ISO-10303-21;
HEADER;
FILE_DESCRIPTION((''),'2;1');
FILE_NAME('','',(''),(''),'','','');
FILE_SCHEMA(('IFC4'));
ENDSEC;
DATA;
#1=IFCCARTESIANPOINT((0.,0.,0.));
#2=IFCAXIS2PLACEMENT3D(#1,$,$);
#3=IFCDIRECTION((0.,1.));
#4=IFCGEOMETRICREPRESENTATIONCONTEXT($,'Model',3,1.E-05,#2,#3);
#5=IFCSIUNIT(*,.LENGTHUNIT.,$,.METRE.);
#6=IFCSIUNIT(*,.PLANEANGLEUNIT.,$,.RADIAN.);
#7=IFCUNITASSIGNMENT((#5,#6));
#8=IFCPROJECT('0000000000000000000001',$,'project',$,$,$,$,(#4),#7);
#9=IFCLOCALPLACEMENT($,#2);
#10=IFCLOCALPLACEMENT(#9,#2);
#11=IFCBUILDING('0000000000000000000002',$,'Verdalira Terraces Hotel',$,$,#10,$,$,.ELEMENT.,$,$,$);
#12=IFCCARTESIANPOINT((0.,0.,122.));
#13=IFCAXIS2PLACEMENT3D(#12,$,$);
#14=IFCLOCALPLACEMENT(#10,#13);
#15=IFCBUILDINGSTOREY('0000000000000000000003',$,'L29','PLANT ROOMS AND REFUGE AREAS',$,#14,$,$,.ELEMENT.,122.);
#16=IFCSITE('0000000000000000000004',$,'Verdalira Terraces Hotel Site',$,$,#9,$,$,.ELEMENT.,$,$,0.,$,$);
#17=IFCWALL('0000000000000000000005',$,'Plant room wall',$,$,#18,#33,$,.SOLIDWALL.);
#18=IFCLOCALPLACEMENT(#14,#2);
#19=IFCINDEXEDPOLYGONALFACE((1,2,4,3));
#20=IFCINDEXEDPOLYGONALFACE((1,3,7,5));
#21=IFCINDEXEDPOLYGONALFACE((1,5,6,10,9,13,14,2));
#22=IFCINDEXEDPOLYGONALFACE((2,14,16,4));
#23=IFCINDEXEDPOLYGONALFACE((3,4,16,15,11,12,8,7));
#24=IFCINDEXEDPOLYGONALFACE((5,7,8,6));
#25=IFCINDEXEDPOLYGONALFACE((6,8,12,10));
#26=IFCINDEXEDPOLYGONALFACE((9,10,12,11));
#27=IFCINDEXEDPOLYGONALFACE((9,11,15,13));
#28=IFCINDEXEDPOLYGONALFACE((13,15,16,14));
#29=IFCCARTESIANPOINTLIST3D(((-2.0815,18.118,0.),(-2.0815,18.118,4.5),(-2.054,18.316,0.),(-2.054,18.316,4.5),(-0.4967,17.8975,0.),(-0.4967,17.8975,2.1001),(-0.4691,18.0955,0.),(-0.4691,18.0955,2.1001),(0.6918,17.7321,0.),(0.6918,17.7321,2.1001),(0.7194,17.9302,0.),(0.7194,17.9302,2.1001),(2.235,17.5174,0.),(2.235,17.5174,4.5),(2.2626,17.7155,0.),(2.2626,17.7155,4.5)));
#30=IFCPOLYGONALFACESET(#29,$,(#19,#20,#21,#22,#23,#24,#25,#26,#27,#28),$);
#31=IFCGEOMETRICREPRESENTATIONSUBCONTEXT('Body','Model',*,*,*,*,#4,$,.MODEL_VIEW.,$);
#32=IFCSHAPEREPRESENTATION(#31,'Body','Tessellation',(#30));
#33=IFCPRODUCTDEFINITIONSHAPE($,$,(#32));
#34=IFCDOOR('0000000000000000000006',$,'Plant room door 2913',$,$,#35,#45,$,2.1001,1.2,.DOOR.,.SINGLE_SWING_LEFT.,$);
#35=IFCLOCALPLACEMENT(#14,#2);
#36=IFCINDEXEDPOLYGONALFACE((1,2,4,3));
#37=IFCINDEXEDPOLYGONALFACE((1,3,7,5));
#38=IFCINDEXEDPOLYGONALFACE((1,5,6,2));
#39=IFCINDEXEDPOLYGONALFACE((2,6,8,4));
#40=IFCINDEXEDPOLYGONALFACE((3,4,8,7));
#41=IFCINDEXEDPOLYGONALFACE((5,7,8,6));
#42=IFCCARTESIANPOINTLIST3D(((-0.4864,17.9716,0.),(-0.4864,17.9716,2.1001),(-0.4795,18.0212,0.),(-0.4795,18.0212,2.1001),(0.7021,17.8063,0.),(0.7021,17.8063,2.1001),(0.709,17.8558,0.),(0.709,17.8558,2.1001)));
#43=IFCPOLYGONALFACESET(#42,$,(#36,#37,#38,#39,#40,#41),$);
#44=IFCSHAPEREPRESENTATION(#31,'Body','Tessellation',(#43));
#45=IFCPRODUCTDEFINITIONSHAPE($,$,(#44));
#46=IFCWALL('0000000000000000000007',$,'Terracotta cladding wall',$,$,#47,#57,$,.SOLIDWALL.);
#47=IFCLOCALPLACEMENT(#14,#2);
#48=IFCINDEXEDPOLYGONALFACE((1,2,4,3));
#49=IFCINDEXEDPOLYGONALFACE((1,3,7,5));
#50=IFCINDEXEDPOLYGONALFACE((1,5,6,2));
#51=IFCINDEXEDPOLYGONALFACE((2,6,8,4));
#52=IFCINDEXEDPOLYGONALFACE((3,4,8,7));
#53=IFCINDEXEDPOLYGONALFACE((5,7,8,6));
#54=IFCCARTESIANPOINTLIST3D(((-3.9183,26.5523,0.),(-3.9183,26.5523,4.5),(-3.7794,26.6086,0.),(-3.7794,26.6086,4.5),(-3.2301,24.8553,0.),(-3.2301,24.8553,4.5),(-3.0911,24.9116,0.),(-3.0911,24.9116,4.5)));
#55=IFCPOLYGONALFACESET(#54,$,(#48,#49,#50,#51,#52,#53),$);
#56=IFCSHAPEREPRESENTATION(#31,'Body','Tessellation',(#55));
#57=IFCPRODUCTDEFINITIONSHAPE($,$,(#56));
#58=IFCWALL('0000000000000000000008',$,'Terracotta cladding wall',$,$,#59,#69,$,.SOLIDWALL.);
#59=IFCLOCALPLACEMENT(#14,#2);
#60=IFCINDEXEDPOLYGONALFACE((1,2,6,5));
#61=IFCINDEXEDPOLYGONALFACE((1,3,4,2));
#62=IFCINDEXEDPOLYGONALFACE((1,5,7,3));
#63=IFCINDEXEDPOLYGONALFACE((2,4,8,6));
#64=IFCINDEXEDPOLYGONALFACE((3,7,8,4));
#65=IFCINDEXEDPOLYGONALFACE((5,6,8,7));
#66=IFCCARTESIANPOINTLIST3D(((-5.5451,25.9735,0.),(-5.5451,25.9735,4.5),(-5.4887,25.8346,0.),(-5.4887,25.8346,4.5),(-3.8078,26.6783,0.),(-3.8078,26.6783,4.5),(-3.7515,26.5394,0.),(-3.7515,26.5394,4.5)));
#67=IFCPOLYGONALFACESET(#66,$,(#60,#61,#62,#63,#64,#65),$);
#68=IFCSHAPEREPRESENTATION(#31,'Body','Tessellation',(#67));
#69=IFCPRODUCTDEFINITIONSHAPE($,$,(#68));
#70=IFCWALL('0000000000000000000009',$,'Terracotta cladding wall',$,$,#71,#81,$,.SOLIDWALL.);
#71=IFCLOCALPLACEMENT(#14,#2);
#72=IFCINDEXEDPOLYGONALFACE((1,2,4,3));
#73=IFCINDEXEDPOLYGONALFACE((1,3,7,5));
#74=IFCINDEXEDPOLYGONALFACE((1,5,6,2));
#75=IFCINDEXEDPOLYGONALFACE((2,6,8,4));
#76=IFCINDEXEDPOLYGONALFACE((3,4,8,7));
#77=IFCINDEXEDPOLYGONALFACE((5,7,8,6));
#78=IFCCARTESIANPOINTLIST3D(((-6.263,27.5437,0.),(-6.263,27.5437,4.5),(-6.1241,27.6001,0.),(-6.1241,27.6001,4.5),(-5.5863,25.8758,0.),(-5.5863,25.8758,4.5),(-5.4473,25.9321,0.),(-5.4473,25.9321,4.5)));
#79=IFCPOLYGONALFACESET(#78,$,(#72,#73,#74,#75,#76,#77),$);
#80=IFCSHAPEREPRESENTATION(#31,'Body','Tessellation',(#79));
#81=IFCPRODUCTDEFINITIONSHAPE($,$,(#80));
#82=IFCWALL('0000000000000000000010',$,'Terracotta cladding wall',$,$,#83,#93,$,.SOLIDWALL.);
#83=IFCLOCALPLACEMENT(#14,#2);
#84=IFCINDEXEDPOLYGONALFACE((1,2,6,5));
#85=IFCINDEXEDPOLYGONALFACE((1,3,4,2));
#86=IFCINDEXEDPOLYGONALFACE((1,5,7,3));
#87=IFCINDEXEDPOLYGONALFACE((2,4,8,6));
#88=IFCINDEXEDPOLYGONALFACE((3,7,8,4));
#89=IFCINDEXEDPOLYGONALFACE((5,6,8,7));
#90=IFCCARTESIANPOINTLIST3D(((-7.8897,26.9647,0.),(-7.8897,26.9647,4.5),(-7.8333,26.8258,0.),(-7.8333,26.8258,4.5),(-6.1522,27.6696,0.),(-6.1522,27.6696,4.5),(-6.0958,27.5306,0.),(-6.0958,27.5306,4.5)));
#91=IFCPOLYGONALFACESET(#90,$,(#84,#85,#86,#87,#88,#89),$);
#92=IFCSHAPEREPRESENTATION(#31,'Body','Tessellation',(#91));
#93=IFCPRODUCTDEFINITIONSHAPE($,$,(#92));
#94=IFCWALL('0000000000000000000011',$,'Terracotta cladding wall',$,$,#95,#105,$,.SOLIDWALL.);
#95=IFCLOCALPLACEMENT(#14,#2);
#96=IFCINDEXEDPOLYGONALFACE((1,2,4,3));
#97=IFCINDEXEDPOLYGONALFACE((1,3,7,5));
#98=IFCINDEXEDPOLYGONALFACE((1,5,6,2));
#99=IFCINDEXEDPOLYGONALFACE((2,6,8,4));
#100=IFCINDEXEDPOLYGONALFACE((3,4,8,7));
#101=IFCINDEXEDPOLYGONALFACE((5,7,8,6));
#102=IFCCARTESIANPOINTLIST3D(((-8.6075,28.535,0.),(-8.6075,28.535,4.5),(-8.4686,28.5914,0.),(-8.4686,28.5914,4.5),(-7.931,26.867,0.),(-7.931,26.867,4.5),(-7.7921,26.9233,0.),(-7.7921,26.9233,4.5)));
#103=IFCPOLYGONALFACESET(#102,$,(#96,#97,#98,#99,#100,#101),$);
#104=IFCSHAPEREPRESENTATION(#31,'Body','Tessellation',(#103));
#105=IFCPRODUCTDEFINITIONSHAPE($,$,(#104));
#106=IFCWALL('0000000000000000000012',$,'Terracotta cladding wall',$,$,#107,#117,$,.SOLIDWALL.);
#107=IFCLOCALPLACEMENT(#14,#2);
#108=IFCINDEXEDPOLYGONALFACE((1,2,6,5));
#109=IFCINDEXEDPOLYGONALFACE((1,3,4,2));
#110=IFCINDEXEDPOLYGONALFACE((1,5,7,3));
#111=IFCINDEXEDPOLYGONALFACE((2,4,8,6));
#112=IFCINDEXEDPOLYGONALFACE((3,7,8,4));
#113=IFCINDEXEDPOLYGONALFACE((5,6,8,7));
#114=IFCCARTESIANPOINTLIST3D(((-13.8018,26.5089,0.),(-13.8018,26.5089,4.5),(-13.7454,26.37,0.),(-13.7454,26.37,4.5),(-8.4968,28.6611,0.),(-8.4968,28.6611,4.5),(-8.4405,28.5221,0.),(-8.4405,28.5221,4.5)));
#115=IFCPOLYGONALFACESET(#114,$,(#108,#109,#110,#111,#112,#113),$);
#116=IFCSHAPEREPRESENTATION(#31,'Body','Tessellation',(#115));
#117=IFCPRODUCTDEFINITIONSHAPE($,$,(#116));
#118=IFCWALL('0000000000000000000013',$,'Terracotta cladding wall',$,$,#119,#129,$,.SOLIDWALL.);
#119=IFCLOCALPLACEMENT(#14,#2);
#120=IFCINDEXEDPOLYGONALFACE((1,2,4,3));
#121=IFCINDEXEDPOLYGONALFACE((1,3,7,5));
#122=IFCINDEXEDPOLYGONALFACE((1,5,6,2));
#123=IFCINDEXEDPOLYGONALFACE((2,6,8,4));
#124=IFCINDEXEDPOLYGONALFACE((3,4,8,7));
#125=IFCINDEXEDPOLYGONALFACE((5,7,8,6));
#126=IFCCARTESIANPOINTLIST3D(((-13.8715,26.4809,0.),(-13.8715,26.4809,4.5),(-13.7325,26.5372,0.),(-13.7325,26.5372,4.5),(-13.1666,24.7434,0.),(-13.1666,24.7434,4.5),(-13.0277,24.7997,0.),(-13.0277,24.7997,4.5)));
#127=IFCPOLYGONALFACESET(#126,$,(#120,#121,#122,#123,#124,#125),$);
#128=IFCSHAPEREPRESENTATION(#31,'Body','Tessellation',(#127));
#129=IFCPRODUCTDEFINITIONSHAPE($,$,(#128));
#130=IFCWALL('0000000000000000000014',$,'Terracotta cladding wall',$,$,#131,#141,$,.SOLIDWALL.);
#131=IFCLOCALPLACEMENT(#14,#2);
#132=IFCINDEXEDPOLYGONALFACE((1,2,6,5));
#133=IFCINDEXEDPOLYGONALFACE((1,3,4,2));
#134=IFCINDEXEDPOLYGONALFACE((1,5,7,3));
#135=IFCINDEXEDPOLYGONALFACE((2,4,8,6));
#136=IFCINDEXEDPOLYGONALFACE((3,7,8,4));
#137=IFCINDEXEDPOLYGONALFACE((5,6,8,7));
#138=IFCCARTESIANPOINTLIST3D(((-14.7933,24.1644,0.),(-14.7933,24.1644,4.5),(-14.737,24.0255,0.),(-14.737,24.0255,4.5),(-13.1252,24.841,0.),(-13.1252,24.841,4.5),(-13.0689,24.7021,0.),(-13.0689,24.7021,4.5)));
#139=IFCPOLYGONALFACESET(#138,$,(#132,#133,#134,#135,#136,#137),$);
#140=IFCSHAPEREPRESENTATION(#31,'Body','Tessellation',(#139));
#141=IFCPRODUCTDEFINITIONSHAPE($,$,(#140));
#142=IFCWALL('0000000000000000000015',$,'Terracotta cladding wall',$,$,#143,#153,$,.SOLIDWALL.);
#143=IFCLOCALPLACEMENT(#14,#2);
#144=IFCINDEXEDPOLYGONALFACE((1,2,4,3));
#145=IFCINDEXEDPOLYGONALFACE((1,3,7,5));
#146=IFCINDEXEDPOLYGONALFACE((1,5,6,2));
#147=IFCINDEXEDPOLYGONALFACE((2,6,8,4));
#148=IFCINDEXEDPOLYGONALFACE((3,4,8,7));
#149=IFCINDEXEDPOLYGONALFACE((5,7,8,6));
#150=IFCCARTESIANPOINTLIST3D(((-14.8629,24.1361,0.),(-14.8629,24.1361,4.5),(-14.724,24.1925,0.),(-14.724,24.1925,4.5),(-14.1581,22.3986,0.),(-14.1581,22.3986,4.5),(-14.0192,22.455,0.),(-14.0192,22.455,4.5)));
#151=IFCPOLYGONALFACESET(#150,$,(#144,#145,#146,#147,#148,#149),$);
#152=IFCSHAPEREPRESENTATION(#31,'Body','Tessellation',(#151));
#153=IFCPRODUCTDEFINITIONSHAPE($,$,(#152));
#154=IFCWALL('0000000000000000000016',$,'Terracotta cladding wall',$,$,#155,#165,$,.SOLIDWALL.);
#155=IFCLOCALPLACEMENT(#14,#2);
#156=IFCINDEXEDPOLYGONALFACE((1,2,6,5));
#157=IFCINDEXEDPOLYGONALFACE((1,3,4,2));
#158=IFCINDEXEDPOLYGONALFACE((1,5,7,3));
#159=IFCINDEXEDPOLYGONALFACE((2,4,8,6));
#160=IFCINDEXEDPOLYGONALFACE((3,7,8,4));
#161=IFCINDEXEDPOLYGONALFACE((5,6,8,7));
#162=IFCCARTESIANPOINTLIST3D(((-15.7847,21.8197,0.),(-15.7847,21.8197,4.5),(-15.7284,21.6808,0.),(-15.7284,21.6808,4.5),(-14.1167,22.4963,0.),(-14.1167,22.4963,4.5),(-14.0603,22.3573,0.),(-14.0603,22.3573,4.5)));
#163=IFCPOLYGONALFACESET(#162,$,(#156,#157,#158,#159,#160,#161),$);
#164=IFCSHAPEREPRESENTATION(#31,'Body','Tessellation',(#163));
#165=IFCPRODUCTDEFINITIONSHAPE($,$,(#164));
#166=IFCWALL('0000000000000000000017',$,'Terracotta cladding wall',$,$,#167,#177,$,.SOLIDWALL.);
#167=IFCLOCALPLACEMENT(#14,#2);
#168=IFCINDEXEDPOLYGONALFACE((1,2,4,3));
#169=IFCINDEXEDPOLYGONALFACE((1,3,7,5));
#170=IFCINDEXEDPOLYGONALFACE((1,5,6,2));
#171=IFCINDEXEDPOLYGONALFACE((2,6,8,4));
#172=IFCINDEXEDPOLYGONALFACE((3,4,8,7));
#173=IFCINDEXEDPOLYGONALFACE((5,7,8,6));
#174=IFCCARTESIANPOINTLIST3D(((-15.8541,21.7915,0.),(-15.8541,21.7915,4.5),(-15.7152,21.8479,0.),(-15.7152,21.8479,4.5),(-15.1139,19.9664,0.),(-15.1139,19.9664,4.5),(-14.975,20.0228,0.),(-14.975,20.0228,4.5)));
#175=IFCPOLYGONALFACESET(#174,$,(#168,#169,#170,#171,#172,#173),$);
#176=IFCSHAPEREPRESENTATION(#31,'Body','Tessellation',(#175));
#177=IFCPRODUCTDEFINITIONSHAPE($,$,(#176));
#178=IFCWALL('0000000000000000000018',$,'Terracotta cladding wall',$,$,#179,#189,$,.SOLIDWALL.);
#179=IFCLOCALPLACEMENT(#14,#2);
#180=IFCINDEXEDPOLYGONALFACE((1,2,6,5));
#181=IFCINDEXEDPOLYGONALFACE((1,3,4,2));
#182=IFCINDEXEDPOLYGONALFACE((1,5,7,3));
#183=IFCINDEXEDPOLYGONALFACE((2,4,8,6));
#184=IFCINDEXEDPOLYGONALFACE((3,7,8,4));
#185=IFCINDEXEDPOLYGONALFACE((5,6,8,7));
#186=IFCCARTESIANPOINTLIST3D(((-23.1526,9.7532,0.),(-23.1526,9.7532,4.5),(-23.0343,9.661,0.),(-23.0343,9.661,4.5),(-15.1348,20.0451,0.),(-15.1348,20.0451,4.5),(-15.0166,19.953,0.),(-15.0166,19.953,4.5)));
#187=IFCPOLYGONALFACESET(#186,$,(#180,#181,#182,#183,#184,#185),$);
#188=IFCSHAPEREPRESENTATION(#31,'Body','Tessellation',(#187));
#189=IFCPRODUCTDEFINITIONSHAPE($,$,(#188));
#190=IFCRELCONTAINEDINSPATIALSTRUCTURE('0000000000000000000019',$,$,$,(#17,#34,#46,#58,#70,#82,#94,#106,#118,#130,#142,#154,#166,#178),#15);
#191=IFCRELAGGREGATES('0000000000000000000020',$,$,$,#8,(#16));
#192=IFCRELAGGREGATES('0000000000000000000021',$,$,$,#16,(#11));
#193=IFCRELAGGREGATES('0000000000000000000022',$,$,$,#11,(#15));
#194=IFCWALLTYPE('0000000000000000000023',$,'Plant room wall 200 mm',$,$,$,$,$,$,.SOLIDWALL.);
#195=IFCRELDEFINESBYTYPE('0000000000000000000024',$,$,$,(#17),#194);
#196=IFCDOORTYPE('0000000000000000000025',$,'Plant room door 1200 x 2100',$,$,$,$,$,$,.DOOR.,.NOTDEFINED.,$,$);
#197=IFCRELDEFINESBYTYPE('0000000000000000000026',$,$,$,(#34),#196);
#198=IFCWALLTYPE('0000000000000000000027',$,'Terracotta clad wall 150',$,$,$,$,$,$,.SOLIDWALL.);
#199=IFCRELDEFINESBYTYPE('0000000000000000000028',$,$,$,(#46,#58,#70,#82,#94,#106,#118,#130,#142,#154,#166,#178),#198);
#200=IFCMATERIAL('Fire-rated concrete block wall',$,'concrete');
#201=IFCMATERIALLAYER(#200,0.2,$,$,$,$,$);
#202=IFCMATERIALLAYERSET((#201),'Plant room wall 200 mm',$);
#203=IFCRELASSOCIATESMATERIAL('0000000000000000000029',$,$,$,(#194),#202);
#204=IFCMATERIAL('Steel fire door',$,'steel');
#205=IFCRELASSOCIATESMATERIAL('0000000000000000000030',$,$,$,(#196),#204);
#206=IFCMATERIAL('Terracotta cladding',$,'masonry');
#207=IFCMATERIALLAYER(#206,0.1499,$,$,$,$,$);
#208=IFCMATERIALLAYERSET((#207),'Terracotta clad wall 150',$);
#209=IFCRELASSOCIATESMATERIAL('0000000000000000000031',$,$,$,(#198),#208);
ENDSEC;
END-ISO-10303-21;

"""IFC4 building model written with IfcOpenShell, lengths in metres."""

from ifc_helpers import new_model, si_unit, direction, frame, frame_2d, origin, place, context, subcontext, project, spatial, rectangle, extrude, material, layer, layer_set, type_object, element, fill, save


model = new_model("IFC4")

# Units and contexts
model_context = context("Model", 3, precision=1e-05, world=origin(), true_north=direction((0.0, 1.0)))
body_context = subcontext(model_context, "Body", "Model", "MODEL_VIEW")
ifc_project = project(units=[si_unit("LENGTHUNIT", "METRE"), si_unit("PLANEANGLEUNIT", "RADIAN")], contexts=[model_context])

# Site, building, storey
site_placement = place(None, origin())
site = spatial("IfcSite", under=ifc_project, at=site_placement, Name="Verdalira Terraces Hotel Site", CompositionType="ELEMENT", RefElevation=0.0)
building_placement = place(site_placement, origin())
building = spatial("IfcBuilding", under=site, at=building_placement, Name="Verdalira Terraces Hotel", CompositionType="ELEMENT")
storey_placement = place(building_placement, frame((0.0, 0.0, 122.0)))
storey = spatial("IfcBuildingStorey", under=building, at=storey_placement, Name="L29", Description="PLANT ROOMS AND REFUGE AREAS", CompositionType="ELEMENT", Elevation=122.0)

# Shared definitions
ifc_material_1 = material(Name="Fire-rated concrete block wall", Category="concrete")
ifc_layer_1 = layer(ifc_material_1, 0.2)
ifc_layer_set_1 = layer_set([ifc_layer_1], Name="Plant room wall 200 mm")
wall_type_1 = type_object("IfcWallType", Name="Plant room wall 200 mm", PredefinedType="SOLIDWALL", material=ifc_layer_set_1)

# Wall, opening, door
wall_1_placement = place(storey_placement, frame((-2.0679, 18.217, 0.0), z_axis=(0.0, 0.0, 1.0), x_axis=(0.990459, -0.137805, 0.0)))
wall_1 = element("IfcWall", 1, at=wall_1_placement, inside=storey, type_object=wall_type_1, Name="Plant room wall", PredefinedType="SOLIDWALL", context=body_context, shape_type="SweptSolid", body=[
    extrude(rectangle(XDim=4.3582, YDim=0.2, at=frame_2d((2.1792, 0.0))), origin(), (0.0, 0.0, 1.0), 4.5),
])
opening_placement = place(wall_1_placement, frame((1.6001, 0.0, 0.0)))
opening = element("IfcOpeningElement", 2, at=opening_placement, cuts=wall_1, PredefinedType="OPENING", context=body_context, shape_type="SweptSolid", body=[
    extrude(rectangle(XDim=1.2, YDim=2.1001, at=frame_2d((0.6001, 1.05))), frame((0.0, 0.1099, 0.0), z_axis=(0.0, -1.0, 0.0), x_axis=(1.0, 0.0, 0.0)), (0.0, 0.0, 1.0), 0.22),
])
ifc_material_2 = material(Name="Steel fire door", Category="steel")
door_type = type_object("IfcDoorType", Name="Plant room door 1200 x 2100", OperationType="NOTDEFINED", PredefinedType="DOOR", material=ifc_material_2)
door_placement = place(opening_placement, origin())
door = element("IfcDoor", 3, at=door_placement, inside=storey, type_object=door_type, Name="Plant room door 2913", OperationType="SINGLE_SWING_LEFT", OverallHeight=2.1001, OverallWidth=1.2, PredefinedType="DOOR", context=body_context, shape_type="SweptSolid", body=[
    extrude(rectangle(XDim=1.2, YDim=2.1001, at=frame_2d((0.6001, 1.05))), frame((0.0, 0.0249, 0.0), z_axis=(0.0, -1.0, 0.0), x_axis=(1.0, 0.0, 0.0)), (0.0, 0.0, 1.0), 0.05),
])
fill(opening, door)

# Walls
ifc_material_3 = material(Name="Terracotta cladding", Category="masonry")
ifc_layer_2 = layer(ifc_material_3, 0.1499)
ifc_layer_set_2 = layer_set([ifc_layer_2], Name="Terracotta clad wall 150")
wall_type_2 = type_object("IfcWallType", Name="Terracotta clad wall 150", PredefinedType="SOLIDWALL", material=ifc_layer_set_2)
wall_2_placement = place(storey_placement, frame((-3.1606, 24.8835, 0.0), z_axis=(0.0, 0.0, 1.0), x_axis=(-0.375823, 0.926692, 0.0)))
element("IfcWall", 4, at=wall_2_placement, inside=storey, type_object=wall_type_2, Name="Terracotta cladding wall", PredefinedType="SOLIDWALL", context=body_context, shape_type="SweptSolid", body=[
    extrude(rectangle(XDim=1.8313, YDim=0.1499, at=frame_2d((0.9155, 0.0))), origin(), (0.0, 0.0, 1.0), 4.5),
])
wall_3_placement = place(storey_placement, frame((-3.7795, 26.6089, 0.0), z_axis=(0.0, 0.0, 1.0), x_axis=(-0.926642, -0.375944, 0.0)))
element("IfcWall", 5, at=wall_3_placement, inside=storey, type_object=wall_type_2, Name="Terracotta cladding wall", PredefinedType="SOLIDWALL", context=body_context, shape_type="SweptSolid", body=[
    extrude(rectangle(XDim=1.8748, YDim=0.1499, at=frame_2d((0.9375, 0.0))), origin(), (0.0, 0.0, 1.0), 4.5),
])
wall_4_placement = place(storey_placement, frame((-5.5168, 25.9041, 0.0), z_axis=(0.0, 0.0, 1.0), x_axis=(-0.37597, 0.926632, 0.0)))
element("IfcWall", 6, at=wall_4_placement, inside=storey, type_object=wall_type_2, Name="Terracotta cladding wall", PredefinedType="SOLIDWALL", context=body_context, shape_type="SweptSolid", body=[
    extrude(rectangle(XDim=1.8, YDim=0.1499, at=frame_2d((0.8999, 0.0))), origin(), (0.0, 0.0, 1.0), 4.5),
])
wall_5_placement = place(storey_placement, frame((-6.124, 27.6001, 0.0), z_axis=(0.0, 0.0, 1.0), x_axis=(-0.926661, -0.375899, 0.0)))
element("IfcWall", 7, at=wall_5_placement, inside=storey, type_object=wall_type_2, Name="Terracotta cladding wall", PredefinedType="SOLIDWALL", context=body_context, shape_type="SweptSolid", body=[
    extrude(rectangle(XDim=1.875, YDim=0.1499, at=frame_2d((0.9375, 0.0))), origin(), (0.0, 0.0, 1.0), 4.5),
])
wall_6_placement = place(storey_placement, frame((-7.8616, 26.8953, 0.0), z_axis=(0.0, 0.0, 1.0), x_axis=(-0.375853, 0.926679, 0.0)))
element("IfcWall", 8, at=wall_6_placement, inside=storey, type_object=wall_type_2, Name="Terracotta cladding wall", PredefinedType="SOLIDWALL", context=body_context, shape_type="SweptSolid", body=[
    extrude(rectangle(XDim=1.8, YDim=0.1499, at=frame_2d((0.8999, 0.0))), origin(), (0.0, 0.0, 1.0), 4.5),
])
wall_7_placement = place(storey_placement, frame((-8.4688, 28.5916, 0.0), z_axis=(0.0, 0.0, 1.0), x_axis=(-0.926651, -0.375923, 0.0)))
element("IfcWall", 9, at=wall_7_placement, inside=storey, type_object=wall_type_2, Name="Terracotta cladding wall", PredefinedType="SOLIDWALL", context=body_context, shape_type="SweptSolid", body=[
    extrude(rectangle(XDim=5.7249, YDim=0.1499, at=frame_2d((2.8623, 0.0))), origin(), (0.0, 0.0, 1.0), 4.5),
])
wall_8_placement = place(storey_placement, frame((-13.802, 26.509, 0.0), z_axis=(0.0, 0.0, 1.0), x_axis=(0.375899, -0.926661, 0.0)))
element("IfcWall", 10, at=wall_8_placement, inside=storey, type_object=wall_type_2, Name="Terracotta cladding wall", PredefinedType="SOLIDWALL", context=body_context, shape_type="SweptSolid", body=[
    extrude(rectangle(XDim=1.875, YDim=0.1499, at=frame_2d((0.9375, 0.0))), origin(), (0.0, 0.0, 1.0), 4.5),
])
wall_9_placement = place(storey_placement, frame((-13.0972, 24.7715, 0.0), z_axis=(0.0, 0.0, 1.0), x_axis=(-0.926679, -0.375853, 0.0)))
element("IfcWall", 11, at=wall_9_placement, inside=storey, type_object=wall_type_2, Name="Terracotta cladding wall", PredefinedType="SOLIDWALL", context=body_context, shape_type="SweptSolid", body=[
    extrude(rectangle(XDim=1.8, YDim=0.1499, at=frame_2d((0.8999, 0.0))), origin(), (0.0, 0.0, 1.0), 4.5),
])
wall_10_placement = place(storey_placement, frame((-14.7935, 24.1643, 0.0), z_axis=(0.0, 0.0, 1.0), x_axis=(0.375899, -0.926661, 0.0)))
element("IfcWall", 12, at=wall_10_placement, inside=storey, type_object=wall_type_2, Name="Terracotta cladding wall", PredefinedType="SOLIDWALL", context=body_context, shape_type="SweptSolid", body=[
    extrude(rectangle(XDim=1.875, YDim=0.1499, at=frame_2d((0.9375, 0.0))), origin(), (0.0, 0.0, 1.0), 4.5),
])
wall_11_placement = place(storey_placement, frame((-14.0886, 22.4268, 0.0), z_axis=(0.0, 0.0, 1.0), x_axis=(-0.926679, -0.375853, 0.0)))
element("IfcWall", 13, at=wall_11_placement, inside=storey, type_object=wall_type_2, Name="Terracotta cladding wall", PredefinedType="SOLIDWALL", context=body_context, shape_type="SweptSolid", body=[
    extrude(rectangle(XDim=1.8, YDim=0.1499, at=frame_2d((0.8999, 0.0))), origin(), (0.0, 0.0, 1.0), 4.5),
])
wall_12_placement = place(storey_placement, frame((-15.7847, 21.8198, 0.0), z_axis=(0.0, 0.0, 1.0), x_axis=(0.375832, -0.926688, 0.0)))
element("IfcWall", 14, at=wall_12_placement, inside=storey, type_object=wall_type_2, Name="Terracotta cladding wall", PredefinedType="SOLIDWALL", context=body_context, shape_type="SweptSolid", body=[
    extrude(rectangle(XDim=1.9695, YDim=0.1499, at=frame_2d((0.9849, 0.0))), origin(), (0.0, 0.0, 1.0), 4.5),
])
wall_13_placement = place(storey_placement, frame((-15.0757, 19.999, 0.0), z_axis=(0.0, 0.0, 1.0), x_axis=(-0.614558, -0.788871, 0.0)))
element("IfcWall", 15, at=wall_13_placement, inside=storey, type_object=wall_type_2, Name="Terracotta cladding wall", PredefinedType="SOLIDWALL", context=body_context, shape_type="SweptSolid", body=[
    extrude(rectangle(XDim=13.0464, YDim=0.1499, at=frame_2d((6.5232, 0.0))), origin(), (0.0, 0.0, 1.0), 4.5),
])

save(model, "model.ifc")
